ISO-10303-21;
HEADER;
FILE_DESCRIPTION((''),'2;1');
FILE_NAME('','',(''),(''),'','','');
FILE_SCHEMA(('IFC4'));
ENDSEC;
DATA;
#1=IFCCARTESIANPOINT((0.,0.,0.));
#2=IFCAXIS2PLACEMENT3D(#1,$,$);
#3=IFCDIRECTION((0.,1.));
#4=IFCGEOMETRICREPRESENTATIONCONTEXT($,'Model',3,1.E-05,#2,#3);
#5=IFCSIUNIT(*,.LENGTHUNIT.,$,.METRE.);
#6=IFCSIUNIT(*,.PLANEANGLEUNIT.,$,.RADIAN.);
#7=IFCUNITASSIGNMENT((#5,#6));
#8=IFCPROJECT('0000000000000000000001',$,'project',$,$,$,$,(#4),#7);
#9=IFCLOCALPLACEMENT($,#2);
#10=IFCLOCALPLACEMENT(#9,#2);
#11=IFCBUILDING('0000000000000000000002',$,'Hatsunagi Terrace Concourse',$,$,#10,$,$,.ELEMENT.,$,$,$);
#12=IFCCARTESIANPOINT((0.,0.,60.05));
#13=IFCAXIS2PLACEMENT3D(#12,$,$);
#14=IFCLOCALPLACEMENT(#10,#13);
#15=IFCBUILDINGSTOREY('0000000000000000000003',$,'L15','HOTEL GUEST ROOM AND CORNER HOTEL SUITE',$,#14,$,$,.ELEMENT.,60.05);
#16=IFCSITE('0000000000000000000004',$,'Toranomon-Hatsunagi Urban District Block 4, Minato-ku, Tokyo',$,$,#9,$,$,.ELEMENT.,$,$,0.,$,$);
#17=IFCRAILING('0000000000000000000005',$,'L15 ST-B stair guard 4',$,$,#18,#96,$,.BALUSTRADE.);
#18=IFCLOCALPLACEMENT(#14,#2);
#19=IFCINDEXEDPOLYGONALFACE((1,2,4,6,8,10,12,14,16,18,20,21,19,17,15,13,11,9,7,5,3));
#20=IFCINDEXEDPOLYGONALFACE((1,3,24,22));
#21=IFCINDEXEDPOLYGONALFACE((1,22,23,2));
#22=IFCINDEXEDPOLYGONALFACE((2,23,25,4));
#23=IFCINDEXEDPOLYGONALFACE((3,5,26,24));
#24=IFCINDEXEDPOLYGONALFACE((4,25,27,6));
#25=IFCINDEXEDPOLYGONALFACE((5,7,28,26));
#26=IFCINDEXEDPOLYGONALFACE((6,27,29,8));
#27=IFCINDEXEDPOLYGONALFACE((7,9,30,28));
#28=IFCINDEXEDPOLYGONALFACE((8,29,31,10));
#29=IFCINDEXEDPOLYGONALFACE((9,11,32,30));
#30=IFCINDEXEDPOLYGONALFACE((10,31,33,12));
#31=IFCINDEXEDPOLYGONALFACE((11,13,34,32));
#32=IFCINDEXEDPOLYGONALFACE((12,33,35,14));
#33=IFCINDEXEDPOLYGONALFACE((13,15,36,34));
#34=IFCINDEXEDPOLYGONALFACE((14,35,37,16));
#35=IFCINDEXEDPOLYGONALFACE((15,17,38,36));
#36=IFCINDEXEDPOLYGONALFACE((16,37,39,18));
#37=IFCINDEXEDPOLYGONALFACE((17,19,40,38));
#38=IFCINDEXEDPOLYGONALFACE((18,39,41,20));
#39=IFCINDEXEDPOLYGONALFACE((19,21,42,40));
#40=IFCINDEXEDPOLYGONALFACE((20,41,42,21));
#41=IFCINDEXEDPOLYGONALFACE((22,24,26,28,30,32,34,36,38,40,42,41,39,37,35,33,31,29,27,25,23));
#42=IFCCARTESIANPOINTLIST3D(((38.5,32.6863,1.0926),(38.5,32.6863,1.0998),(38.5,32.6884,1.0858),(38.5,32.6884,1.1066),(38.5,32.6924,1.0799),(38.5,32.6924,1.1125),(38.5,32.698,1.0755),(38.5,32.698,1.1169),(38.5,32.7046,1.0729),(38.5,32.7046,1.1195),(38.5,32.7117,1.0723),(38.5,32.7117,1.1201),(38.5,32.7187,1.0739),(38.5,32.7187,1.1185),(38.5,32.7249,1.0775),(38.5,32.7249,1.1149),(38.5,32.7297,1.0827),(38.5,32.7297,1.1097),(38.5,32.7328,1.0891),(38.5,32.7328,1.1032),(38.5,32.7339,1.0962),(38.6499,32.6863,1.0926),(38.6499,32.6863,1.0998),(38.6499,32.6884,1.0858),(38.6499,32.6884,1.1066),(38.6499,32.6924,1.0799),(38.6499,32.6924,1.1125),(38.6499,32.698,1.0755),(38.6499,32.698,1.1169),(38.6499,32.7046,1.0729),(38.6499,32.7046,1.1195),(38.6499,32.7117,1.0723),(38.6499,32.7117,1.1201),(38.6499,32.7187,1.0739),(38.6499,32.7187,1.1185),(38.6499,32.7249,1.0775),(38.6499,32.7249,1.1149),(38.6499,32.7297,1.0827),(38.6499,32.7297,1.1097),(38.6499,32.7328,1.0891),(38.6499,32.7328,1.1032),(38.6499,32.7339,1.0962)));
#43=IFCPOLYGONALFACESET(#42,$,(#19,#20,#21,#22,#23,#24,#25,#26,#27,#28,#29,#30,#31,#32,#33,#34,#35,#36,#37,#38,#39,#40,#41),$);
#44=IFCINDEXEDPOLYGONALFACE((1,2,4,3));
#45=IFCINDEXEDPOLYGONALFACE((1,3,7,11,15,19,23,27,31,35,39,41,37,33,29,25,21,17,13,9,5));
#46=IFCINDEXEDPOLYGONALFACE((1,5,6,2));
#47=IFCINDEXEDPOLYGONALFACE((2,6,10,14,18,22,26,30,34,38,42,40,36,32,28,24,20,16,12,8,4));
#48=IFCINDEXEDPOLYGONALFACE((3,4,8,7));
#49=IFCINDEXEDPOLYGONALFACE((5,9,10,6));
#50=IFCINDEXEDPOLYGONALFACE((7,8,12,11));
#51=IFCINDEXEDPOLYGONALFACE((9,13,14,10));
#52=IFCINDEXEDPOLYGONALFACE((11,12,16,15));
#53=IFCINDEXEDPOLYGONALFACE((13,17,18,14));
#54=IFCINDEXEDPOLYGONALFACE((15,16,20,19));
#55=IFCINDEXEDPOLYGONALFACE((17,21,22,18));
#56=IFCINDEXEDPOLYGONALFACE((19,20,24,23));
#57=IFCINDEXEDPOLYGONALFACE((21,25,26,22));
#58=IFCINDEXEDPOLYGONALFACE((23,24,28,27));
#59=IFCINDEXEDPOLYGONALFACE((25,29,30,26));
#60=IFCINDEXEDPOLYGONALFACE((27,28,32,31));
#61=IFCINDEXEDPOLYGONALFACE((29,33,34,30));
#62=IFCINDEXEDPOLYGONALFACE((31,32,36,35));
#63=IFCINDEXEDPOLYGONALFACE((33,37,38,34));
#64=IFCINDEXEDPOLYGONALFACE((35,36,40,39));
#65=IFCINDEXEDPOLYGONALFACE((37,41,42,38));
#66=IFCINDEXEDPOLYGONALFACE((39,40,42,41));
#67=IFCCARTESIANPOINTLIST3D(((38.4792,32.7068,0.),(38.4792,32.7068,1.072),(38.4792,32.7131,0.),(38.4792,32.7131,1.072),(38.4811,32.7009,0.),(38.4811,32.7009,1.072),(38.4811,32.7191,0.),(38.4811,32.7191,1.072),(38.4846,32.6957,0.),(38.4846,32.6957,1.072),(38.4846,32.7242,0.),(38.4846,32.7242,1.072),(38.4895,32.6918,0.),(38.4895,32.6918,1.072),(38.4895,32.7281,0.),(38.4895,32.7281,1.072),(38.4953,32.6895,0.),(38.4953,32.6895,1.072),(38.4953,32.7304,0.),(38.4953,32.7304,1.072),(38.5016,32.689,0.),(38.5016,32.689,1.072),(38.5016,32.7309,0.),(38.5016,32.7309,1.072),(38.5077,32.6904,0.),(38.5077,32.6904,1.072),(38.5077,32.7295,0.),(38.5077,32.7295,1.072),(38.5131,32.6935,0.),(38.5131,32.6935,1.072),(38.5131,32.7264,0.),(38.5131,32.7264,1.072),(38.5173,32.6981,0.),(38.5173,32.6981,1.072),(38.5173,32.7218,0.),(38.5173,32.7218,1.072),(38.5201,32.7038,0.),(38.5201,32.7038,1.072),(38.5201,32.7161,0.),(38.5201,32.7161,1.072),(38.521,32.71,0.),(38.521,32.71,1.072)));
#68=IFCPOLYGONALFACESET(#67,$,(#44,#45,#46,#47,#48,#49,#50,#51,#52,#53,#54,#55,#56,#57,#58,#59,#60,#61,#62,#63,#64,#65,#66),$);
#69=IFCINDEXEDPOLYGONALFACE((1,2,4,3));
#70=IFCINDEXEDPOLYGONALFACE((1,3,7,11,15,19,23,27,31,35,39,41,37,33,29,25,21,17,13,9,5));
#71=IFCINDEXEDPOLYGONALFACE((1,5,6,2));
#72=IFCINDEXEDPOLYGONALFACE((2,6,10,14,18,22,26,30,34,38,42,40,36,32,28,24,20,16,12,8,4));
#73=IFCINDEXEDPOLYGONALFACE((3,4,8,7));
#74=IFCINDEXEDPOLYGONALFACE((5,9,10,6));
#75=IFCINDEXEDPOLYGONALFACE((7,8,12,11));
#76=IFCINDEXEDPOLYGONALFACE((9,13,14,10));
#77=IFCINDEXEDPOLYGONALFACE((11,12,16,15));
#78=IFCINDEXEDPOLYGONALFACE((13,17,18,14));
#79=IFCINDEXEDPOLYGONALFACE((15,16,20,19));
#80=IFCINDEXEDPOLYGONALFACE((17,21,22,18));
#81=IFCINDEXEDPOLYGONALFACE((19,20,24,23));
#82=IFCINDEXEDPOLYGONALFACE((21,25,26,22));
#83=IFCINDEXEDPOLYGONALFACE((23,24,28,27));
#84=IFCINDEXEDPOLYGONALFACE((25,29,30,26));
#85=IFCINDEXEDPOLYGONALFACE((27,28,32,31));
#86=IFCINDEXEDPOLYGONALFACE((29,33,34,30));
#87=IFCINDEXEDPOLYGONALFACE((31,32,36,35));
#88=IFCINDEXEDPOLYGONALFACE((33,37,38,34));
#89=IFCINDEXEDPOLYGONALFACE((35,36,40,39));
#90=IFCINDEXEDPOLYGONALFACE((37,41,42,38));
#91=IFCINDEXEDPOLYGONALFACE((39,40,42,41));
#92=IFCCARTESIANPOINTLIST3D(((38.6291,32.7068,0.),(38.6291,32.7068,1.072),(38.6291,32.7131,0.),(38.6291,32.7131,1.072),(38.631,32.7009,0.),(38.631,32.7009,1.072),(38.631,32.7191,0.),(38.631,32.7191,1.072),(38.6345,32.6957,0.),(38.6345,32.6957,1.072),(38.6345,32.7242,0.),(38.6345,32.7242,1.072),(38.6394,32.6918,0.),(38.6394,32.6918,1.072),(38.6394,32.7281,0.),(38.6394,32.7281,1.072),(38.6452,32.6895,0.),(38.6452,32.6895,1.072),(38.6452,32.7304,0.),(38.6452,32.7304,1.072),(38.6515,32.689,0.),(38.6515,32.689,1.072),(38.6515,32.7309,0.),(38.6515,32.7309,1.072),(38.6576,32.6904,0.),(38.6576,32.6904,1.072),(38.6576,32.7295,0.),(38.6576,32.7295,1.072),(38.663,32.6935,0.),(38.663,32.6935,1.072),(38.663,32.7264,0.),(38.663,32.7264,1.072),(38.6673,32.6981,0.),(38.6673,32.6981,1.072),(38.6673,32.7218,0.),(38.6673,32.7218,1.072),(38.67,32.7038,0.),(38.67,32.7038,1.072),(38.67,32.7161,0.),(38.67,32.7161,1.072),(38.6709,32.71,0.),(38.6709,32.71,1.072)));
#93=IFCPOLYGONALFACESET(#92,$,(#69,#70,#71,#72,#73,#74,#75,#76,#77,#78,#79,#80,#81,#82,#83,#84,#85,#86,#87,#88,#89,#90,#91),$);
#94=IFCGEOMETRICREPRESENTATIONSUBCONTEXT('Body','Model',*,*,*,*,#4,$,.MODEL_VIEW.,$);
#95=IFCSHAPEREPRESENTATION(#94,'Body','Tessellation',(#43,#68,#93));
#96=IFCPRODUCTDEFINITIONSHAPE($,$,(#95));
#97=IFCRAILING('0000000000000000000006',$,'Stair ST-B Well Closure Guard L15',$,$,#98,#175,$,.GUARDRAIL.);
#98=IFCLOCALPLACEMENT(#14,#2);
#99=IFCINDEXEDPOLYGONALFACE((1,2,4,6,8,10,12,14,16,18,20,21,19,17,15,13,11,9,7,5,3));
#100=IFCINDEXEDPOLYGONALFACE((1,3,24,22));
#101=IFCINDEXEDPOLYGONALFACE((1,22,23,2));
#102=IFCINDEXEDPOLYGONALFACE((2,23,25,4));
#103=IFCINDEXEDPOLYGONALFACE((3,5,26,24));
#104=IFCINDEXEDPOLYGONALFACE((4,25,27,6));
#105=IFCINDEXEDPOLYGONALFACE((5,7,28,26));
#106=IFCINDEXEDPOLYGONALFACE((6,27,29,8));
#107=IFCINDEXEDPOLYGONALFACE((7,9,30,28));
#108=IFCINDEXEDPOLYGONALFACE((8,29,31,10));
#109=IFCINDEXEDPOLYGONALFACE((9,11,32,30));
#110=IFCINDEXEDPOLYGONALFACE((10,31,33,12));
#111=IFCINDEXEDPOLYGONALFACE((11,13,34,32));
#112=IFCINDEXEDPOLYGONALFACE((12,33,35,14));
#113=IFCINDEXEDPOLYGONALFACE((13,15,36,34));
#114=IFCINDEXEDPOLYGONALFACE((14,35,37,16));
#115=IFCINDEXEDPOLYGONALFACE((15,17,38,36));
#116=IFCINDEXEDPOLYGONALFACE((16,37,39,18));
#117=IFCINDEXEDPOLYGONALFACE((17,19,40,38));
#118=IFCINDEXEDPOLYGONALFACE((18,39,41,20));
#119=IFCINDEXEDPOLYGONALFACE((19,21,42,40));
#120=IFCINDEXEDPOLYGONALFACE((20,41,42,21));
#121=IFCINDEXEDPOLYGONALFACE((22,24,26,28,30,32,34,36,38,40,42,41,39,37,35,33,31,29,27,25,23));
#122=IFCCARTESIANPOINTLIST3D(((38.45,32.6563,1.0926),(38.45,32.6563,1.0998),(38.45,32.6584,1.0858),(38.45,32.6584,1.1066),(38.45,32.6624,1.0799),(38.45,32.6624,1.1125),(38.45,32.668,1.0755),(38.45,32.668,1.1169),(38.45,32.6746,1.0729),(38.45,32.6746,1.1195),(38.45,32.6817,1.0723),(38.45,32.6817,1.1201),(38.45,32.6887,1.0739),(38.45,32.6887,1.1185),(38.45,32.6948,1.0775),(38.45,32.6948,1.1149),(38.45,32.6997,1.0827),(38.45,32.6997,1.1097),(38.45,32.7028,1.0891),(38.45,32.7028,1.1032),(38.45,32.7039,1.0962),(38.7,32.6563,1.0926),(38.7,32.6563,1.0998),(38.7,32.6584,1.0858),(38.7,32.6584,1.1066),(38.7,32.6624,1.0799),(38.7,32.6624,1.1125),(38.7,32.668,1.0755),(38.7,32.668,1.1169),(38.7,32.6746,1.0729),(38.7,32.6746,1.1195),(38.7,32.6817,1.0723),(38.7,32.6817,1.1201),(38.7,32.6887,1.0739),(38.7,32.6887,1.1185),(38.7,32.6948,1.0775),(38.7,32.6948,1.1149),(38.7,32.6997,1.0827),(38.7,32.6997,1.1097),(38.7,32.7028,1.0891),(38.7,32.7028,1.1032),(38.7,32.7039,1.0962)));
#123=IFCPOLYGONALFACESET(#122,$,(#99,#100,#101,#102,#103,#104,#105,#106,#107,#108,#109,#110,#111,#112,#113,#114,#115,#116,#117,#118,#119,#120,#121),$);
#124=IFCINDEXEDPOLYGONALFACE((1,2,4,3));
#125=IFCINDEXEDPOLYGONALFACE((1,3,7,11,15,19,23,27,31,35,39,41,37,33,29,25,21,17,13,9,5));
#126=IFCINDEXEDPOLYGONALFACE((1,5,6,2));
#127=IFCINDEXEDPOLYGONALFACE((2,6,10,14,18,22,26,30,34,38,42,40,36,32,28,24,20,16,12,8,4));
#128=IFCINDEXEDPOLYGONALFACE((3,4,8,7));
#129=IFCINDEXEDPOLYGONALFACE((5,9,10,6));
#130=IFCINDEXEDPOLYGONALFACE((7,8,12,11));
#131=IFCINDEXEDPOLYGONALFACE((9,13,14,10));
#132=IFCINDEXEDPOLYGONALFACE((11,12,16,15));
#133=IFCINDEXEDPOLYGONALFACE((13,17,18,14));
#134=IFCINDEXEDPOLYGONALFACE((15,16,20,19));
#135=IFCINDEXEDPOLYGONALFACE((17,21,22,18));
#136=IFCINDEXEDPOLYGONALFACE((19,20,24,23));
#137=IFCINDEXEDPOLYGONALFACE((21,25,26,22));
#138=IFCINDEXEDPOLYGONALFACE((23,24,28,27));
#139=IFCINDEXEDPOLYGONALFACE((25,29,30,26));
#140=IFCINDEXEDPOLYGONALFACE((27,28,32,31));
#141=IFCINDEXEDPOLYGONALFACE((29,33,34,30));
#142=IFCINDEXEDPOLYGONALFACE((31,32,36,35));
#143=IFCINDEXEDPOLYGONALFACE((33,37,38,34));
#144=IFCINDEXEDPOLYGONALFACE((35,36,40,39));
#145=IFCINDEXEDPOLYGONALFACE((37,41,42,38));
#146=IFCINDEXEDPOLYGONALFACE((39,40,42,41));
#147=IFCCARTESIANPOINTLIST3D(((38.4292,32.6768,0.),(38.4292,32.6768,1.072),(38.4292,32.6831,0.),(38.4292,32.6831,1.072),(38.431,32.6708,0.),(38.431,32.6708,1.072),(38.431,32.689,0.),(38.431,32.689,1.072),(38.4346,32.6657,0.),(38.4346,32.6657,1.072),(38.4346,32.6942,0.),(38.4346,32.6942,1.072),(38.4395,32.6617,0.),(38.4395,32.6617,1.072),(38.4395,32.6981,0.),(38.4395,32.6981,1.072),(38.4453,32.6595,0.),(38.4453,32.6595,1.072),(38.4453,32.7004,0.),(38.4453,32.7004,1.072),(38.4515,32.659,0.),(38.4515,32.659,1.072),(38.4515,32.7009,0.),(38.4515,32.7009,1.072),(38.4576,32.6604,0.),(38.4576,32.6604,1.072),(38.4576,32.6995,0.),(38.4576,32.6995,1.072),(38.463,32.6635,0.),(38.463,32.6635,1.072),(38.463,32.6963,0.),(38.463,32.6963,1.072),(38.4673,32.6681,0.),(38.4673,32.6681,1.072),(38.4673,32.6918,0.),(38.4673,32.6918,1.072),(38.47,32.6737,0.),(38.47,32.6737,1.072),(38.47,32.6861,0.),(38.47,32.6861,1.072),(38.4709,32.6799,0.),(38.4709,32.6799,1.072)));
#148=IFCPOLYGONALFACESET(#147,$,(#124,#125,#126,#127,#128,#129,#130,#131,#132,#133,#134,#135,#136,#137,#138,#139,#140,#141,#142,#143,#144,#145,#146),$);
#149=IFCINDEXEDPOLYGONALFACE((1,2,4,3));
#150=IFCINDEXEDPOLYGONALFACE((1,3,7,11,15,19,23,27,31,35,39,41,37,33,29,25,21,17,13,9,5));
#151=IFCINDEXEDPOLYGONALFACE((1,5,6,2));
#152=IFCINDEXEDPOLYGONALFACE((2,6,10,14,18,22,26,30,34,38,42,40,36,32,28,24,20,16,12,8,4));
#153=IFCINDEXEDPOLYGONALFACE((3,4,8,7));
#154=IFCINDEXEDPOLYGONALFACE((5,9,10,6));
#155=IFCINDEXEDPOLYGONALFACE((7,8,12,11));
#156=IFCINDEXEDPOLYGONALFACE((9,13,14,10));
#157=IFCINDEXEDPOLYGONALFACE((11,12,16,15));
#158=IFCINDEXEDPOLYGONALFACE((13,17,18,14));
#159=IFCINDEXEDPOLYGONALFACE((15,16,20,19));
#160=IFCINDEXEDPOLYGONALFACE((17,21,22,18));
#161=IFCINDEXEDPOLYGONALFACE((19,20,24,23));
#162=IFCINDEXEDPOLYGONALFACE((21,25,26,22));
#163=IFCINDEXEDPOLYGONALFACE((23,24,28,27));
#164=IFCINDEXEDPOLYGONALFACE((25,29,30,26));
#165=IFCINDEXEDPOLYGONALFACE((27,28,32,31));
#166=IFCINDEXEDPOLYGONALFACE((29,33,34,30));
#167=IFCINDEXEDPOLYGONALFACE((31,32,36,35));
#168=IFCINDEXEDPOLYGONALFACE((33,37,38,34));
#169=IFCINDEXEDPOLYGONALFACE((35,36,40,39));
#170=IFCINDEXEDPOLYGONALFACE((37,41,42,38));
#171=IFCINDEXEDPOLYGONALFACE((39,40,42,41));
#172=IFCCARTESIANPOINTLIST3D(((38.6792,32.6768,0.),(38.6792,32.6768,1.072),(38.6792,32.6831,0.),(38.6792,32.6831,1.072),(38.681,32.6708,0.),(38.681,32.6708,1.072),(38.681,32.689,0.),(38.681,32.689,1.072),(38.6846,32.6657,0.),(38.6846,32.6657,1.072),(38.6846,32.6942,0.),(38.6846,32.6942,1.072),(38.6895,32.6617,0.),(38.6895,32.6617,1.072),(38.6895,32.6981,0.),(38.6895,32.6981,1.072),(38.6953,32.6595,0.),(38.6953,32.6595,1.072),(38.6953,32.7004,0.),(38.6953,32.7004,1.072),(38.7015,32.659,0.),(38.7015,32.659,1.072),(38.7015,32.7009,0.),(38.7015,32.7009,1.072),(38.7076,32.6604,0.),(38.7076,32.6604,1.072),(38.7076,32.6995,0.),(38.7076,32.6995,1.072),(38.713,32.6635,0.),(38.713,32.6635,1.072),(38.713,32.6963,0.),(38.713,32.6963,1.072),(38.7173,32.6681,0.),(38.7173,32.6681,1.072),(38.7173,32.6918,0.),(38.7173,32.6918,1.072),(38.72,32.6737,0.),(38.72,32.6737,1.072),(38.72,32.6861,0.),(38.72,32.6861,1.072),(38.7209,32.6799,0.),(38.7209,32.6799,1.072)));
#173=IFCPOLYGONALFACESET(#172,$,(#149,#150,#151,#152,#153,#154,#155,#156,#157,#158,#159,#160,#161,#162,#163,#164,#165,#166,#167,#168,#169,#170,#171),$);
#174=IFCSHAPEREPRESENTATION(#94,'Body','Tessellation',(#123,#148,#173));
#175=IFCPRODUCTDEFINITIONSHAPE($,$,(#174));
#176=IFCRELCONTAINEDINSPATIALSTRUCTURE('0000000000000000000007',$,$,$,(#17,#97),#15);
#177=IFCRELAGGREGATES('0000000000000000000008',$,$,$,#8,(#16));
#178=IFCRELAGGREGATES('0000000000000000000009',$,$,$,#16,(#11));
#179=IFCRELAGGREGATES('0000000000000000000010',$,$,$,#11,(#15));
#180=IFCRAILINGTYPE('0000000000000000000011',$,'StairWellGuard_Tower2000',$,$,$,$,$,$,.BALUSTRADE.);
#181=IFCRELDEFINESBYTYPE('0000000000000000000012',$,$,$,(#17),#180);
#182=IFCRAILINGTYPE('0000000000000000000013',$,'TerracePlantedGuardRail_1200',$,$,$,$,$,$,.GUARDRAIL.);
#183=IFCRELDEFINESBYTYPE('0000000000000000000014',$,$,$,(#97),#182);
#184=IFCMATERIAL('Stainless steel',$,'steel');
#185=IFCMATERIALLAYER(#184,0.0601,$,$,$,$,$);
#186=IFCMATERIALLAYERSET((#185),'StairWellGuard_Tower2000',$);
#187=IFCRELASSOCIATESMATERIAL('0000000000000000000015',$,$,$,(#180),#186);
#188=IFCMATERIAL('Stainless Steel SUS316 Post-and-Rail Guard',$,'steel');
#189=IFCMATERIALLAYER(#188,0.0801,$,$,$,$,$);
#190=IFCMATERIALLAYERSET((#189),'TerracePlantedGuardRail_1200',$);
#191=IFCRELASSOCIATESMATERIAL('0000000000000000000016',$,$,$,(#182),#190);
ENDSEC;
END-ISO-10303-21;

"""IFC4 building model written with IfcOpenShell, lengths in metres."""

from ifc_helpers import new_model, si_unit, direction, frame, origin, origin_2d, place, context, subcontext, project, spatial, circle, extrude, material, layer, layer_set, type_object, element, save


model = new_model("IFC4")

# Units and contexts
model_context = context("Model", 3, precision=1e-05, world=origin(), true_north=direction((0.0, 1.0)))
body_context = subcontext(model_context, "Body", "Model", "MODEL_VIEW")
ifc_project = project(units=[si_unit("LENGTHUNIT", "METRE"), si_unit("PLANEANGLEUNIT", "RADIAN")], contexts=[model_context])

# Site, building, storey
site_placement = place(None, origin())
site = spatial("IfcSite", under=ifc_project, at=site_placement, Name="Toranomon-Hatsunagi Urban District Block 4, Minato-ku, Tokyo", CompositionType="ELEMENT", RefElevation=0.0)
building_placement = place(site_placement, origin())
building = spatial("IfcBuilding", under=site, at=building_placement, Name="Hatsunagi Terrace Concourse", CompositionType="ELEMENT")
storey_placement = place(building_placement, frame((0.0, 0.0, 60.05)))
storey = spatial("IfcBuildingStorey", under=building, at=storey_placement, Name="L15", Description="HOTEL GUEST ROOM AND CORNER HOTEL SUITE", CompositionType="ELEMENT", Elevation=60.05)

# Railings
ifc_material_1 = material(Name="Stainless steel", Category="steel")
ifc_layer_1 = layer(ifc_material_1, 0.0601)
ifc_layer_set_1 = layer_set([ifc_layer_1], Name="StairWellGuard_Tower2000")
railing_type_1 = type_object("IfcRailingType", Name="StairWellGuard_Tower2000", PredefinedType="BALUSTRADE", material=ifc_layer_set_1)
railing_1_placement = place(storey_placement, frame((38.5, 32.71, 0.0)))
element("IfcRailing", 1, at=railing_1_placement, inside=storey, type_object=railing_type_1, Name="L15 ST-B stair guard 4", PredefinedType="BALUSTRADE", context=body_context, shape_type="SweptSolid", body=[
    extrude(circle(Radius=0.0239, at=origin_2d()), frame((0.0, 0.0, 1.0962), z_axis=(1.0, 0.0, 0.0), x_axis=(0.0, 1.0, 0.0)), (0.0, 0.0, 1.0), 0.1499),
    extrude(circle(Radius=0.021, at=origin_2d()), origin(), (0.0, 0.0, 1.0), 1.072),
    extrude(circle(Radius=0.021, at=origin_2d()), frame((0.1499, 0.0, 0.0)), (0.0, 0.0, 1.0), 1.072),
])
ifc_material_2 = material(Name="Stainless Steel SUS316 Post-and-Rail Guard", Category="steel")
ifc_layer_2 = layer(ifc_material_2, 0.0801)
ifc_layer_set_2 = layer_set([ifc_layer_2], Name="TerracePlantedGuardRail_1200")
railing_type_2 = type_object("IfcRailingType", Name="TerracePlantedGuardRail_1200", PredefinedType="GUARDRAIL", material=ifc_layer_set_2)
railing_2_placement = place(storey_placement, frame((38.45, 32.6799, 0.0)))
element("IfcRailing", 2, at=railing_2_placement, inside=storey, type_object=railing_type_2, Name="Stair ST-B Well Closure Guard L15", PredefinedType="GUARDRAIL", context=body_context, shape_type="SweptSolid", body=[
    extrude(circle(Radius=0.0239, at=origin_2d()), frame((0.0, 0.0, 1.0962), z_axis=(1.0, 0.0, 0.0), x_axis=(0.0, 1.0, 0.0)), (0.0, 0.0, 1.0), 0.25),
    extrude(circle(Radius=0.021, at=origin_2d()), origin(), (0.0, 0.0, 1.0), 1.072),
    extrude(circle(Radius=0.021, at=origin_2d()), frame((0.25, 0.0, 0.0)), (0.0, 0.0, 1.0), 1.072),
])

save(model, "model.ifc")
